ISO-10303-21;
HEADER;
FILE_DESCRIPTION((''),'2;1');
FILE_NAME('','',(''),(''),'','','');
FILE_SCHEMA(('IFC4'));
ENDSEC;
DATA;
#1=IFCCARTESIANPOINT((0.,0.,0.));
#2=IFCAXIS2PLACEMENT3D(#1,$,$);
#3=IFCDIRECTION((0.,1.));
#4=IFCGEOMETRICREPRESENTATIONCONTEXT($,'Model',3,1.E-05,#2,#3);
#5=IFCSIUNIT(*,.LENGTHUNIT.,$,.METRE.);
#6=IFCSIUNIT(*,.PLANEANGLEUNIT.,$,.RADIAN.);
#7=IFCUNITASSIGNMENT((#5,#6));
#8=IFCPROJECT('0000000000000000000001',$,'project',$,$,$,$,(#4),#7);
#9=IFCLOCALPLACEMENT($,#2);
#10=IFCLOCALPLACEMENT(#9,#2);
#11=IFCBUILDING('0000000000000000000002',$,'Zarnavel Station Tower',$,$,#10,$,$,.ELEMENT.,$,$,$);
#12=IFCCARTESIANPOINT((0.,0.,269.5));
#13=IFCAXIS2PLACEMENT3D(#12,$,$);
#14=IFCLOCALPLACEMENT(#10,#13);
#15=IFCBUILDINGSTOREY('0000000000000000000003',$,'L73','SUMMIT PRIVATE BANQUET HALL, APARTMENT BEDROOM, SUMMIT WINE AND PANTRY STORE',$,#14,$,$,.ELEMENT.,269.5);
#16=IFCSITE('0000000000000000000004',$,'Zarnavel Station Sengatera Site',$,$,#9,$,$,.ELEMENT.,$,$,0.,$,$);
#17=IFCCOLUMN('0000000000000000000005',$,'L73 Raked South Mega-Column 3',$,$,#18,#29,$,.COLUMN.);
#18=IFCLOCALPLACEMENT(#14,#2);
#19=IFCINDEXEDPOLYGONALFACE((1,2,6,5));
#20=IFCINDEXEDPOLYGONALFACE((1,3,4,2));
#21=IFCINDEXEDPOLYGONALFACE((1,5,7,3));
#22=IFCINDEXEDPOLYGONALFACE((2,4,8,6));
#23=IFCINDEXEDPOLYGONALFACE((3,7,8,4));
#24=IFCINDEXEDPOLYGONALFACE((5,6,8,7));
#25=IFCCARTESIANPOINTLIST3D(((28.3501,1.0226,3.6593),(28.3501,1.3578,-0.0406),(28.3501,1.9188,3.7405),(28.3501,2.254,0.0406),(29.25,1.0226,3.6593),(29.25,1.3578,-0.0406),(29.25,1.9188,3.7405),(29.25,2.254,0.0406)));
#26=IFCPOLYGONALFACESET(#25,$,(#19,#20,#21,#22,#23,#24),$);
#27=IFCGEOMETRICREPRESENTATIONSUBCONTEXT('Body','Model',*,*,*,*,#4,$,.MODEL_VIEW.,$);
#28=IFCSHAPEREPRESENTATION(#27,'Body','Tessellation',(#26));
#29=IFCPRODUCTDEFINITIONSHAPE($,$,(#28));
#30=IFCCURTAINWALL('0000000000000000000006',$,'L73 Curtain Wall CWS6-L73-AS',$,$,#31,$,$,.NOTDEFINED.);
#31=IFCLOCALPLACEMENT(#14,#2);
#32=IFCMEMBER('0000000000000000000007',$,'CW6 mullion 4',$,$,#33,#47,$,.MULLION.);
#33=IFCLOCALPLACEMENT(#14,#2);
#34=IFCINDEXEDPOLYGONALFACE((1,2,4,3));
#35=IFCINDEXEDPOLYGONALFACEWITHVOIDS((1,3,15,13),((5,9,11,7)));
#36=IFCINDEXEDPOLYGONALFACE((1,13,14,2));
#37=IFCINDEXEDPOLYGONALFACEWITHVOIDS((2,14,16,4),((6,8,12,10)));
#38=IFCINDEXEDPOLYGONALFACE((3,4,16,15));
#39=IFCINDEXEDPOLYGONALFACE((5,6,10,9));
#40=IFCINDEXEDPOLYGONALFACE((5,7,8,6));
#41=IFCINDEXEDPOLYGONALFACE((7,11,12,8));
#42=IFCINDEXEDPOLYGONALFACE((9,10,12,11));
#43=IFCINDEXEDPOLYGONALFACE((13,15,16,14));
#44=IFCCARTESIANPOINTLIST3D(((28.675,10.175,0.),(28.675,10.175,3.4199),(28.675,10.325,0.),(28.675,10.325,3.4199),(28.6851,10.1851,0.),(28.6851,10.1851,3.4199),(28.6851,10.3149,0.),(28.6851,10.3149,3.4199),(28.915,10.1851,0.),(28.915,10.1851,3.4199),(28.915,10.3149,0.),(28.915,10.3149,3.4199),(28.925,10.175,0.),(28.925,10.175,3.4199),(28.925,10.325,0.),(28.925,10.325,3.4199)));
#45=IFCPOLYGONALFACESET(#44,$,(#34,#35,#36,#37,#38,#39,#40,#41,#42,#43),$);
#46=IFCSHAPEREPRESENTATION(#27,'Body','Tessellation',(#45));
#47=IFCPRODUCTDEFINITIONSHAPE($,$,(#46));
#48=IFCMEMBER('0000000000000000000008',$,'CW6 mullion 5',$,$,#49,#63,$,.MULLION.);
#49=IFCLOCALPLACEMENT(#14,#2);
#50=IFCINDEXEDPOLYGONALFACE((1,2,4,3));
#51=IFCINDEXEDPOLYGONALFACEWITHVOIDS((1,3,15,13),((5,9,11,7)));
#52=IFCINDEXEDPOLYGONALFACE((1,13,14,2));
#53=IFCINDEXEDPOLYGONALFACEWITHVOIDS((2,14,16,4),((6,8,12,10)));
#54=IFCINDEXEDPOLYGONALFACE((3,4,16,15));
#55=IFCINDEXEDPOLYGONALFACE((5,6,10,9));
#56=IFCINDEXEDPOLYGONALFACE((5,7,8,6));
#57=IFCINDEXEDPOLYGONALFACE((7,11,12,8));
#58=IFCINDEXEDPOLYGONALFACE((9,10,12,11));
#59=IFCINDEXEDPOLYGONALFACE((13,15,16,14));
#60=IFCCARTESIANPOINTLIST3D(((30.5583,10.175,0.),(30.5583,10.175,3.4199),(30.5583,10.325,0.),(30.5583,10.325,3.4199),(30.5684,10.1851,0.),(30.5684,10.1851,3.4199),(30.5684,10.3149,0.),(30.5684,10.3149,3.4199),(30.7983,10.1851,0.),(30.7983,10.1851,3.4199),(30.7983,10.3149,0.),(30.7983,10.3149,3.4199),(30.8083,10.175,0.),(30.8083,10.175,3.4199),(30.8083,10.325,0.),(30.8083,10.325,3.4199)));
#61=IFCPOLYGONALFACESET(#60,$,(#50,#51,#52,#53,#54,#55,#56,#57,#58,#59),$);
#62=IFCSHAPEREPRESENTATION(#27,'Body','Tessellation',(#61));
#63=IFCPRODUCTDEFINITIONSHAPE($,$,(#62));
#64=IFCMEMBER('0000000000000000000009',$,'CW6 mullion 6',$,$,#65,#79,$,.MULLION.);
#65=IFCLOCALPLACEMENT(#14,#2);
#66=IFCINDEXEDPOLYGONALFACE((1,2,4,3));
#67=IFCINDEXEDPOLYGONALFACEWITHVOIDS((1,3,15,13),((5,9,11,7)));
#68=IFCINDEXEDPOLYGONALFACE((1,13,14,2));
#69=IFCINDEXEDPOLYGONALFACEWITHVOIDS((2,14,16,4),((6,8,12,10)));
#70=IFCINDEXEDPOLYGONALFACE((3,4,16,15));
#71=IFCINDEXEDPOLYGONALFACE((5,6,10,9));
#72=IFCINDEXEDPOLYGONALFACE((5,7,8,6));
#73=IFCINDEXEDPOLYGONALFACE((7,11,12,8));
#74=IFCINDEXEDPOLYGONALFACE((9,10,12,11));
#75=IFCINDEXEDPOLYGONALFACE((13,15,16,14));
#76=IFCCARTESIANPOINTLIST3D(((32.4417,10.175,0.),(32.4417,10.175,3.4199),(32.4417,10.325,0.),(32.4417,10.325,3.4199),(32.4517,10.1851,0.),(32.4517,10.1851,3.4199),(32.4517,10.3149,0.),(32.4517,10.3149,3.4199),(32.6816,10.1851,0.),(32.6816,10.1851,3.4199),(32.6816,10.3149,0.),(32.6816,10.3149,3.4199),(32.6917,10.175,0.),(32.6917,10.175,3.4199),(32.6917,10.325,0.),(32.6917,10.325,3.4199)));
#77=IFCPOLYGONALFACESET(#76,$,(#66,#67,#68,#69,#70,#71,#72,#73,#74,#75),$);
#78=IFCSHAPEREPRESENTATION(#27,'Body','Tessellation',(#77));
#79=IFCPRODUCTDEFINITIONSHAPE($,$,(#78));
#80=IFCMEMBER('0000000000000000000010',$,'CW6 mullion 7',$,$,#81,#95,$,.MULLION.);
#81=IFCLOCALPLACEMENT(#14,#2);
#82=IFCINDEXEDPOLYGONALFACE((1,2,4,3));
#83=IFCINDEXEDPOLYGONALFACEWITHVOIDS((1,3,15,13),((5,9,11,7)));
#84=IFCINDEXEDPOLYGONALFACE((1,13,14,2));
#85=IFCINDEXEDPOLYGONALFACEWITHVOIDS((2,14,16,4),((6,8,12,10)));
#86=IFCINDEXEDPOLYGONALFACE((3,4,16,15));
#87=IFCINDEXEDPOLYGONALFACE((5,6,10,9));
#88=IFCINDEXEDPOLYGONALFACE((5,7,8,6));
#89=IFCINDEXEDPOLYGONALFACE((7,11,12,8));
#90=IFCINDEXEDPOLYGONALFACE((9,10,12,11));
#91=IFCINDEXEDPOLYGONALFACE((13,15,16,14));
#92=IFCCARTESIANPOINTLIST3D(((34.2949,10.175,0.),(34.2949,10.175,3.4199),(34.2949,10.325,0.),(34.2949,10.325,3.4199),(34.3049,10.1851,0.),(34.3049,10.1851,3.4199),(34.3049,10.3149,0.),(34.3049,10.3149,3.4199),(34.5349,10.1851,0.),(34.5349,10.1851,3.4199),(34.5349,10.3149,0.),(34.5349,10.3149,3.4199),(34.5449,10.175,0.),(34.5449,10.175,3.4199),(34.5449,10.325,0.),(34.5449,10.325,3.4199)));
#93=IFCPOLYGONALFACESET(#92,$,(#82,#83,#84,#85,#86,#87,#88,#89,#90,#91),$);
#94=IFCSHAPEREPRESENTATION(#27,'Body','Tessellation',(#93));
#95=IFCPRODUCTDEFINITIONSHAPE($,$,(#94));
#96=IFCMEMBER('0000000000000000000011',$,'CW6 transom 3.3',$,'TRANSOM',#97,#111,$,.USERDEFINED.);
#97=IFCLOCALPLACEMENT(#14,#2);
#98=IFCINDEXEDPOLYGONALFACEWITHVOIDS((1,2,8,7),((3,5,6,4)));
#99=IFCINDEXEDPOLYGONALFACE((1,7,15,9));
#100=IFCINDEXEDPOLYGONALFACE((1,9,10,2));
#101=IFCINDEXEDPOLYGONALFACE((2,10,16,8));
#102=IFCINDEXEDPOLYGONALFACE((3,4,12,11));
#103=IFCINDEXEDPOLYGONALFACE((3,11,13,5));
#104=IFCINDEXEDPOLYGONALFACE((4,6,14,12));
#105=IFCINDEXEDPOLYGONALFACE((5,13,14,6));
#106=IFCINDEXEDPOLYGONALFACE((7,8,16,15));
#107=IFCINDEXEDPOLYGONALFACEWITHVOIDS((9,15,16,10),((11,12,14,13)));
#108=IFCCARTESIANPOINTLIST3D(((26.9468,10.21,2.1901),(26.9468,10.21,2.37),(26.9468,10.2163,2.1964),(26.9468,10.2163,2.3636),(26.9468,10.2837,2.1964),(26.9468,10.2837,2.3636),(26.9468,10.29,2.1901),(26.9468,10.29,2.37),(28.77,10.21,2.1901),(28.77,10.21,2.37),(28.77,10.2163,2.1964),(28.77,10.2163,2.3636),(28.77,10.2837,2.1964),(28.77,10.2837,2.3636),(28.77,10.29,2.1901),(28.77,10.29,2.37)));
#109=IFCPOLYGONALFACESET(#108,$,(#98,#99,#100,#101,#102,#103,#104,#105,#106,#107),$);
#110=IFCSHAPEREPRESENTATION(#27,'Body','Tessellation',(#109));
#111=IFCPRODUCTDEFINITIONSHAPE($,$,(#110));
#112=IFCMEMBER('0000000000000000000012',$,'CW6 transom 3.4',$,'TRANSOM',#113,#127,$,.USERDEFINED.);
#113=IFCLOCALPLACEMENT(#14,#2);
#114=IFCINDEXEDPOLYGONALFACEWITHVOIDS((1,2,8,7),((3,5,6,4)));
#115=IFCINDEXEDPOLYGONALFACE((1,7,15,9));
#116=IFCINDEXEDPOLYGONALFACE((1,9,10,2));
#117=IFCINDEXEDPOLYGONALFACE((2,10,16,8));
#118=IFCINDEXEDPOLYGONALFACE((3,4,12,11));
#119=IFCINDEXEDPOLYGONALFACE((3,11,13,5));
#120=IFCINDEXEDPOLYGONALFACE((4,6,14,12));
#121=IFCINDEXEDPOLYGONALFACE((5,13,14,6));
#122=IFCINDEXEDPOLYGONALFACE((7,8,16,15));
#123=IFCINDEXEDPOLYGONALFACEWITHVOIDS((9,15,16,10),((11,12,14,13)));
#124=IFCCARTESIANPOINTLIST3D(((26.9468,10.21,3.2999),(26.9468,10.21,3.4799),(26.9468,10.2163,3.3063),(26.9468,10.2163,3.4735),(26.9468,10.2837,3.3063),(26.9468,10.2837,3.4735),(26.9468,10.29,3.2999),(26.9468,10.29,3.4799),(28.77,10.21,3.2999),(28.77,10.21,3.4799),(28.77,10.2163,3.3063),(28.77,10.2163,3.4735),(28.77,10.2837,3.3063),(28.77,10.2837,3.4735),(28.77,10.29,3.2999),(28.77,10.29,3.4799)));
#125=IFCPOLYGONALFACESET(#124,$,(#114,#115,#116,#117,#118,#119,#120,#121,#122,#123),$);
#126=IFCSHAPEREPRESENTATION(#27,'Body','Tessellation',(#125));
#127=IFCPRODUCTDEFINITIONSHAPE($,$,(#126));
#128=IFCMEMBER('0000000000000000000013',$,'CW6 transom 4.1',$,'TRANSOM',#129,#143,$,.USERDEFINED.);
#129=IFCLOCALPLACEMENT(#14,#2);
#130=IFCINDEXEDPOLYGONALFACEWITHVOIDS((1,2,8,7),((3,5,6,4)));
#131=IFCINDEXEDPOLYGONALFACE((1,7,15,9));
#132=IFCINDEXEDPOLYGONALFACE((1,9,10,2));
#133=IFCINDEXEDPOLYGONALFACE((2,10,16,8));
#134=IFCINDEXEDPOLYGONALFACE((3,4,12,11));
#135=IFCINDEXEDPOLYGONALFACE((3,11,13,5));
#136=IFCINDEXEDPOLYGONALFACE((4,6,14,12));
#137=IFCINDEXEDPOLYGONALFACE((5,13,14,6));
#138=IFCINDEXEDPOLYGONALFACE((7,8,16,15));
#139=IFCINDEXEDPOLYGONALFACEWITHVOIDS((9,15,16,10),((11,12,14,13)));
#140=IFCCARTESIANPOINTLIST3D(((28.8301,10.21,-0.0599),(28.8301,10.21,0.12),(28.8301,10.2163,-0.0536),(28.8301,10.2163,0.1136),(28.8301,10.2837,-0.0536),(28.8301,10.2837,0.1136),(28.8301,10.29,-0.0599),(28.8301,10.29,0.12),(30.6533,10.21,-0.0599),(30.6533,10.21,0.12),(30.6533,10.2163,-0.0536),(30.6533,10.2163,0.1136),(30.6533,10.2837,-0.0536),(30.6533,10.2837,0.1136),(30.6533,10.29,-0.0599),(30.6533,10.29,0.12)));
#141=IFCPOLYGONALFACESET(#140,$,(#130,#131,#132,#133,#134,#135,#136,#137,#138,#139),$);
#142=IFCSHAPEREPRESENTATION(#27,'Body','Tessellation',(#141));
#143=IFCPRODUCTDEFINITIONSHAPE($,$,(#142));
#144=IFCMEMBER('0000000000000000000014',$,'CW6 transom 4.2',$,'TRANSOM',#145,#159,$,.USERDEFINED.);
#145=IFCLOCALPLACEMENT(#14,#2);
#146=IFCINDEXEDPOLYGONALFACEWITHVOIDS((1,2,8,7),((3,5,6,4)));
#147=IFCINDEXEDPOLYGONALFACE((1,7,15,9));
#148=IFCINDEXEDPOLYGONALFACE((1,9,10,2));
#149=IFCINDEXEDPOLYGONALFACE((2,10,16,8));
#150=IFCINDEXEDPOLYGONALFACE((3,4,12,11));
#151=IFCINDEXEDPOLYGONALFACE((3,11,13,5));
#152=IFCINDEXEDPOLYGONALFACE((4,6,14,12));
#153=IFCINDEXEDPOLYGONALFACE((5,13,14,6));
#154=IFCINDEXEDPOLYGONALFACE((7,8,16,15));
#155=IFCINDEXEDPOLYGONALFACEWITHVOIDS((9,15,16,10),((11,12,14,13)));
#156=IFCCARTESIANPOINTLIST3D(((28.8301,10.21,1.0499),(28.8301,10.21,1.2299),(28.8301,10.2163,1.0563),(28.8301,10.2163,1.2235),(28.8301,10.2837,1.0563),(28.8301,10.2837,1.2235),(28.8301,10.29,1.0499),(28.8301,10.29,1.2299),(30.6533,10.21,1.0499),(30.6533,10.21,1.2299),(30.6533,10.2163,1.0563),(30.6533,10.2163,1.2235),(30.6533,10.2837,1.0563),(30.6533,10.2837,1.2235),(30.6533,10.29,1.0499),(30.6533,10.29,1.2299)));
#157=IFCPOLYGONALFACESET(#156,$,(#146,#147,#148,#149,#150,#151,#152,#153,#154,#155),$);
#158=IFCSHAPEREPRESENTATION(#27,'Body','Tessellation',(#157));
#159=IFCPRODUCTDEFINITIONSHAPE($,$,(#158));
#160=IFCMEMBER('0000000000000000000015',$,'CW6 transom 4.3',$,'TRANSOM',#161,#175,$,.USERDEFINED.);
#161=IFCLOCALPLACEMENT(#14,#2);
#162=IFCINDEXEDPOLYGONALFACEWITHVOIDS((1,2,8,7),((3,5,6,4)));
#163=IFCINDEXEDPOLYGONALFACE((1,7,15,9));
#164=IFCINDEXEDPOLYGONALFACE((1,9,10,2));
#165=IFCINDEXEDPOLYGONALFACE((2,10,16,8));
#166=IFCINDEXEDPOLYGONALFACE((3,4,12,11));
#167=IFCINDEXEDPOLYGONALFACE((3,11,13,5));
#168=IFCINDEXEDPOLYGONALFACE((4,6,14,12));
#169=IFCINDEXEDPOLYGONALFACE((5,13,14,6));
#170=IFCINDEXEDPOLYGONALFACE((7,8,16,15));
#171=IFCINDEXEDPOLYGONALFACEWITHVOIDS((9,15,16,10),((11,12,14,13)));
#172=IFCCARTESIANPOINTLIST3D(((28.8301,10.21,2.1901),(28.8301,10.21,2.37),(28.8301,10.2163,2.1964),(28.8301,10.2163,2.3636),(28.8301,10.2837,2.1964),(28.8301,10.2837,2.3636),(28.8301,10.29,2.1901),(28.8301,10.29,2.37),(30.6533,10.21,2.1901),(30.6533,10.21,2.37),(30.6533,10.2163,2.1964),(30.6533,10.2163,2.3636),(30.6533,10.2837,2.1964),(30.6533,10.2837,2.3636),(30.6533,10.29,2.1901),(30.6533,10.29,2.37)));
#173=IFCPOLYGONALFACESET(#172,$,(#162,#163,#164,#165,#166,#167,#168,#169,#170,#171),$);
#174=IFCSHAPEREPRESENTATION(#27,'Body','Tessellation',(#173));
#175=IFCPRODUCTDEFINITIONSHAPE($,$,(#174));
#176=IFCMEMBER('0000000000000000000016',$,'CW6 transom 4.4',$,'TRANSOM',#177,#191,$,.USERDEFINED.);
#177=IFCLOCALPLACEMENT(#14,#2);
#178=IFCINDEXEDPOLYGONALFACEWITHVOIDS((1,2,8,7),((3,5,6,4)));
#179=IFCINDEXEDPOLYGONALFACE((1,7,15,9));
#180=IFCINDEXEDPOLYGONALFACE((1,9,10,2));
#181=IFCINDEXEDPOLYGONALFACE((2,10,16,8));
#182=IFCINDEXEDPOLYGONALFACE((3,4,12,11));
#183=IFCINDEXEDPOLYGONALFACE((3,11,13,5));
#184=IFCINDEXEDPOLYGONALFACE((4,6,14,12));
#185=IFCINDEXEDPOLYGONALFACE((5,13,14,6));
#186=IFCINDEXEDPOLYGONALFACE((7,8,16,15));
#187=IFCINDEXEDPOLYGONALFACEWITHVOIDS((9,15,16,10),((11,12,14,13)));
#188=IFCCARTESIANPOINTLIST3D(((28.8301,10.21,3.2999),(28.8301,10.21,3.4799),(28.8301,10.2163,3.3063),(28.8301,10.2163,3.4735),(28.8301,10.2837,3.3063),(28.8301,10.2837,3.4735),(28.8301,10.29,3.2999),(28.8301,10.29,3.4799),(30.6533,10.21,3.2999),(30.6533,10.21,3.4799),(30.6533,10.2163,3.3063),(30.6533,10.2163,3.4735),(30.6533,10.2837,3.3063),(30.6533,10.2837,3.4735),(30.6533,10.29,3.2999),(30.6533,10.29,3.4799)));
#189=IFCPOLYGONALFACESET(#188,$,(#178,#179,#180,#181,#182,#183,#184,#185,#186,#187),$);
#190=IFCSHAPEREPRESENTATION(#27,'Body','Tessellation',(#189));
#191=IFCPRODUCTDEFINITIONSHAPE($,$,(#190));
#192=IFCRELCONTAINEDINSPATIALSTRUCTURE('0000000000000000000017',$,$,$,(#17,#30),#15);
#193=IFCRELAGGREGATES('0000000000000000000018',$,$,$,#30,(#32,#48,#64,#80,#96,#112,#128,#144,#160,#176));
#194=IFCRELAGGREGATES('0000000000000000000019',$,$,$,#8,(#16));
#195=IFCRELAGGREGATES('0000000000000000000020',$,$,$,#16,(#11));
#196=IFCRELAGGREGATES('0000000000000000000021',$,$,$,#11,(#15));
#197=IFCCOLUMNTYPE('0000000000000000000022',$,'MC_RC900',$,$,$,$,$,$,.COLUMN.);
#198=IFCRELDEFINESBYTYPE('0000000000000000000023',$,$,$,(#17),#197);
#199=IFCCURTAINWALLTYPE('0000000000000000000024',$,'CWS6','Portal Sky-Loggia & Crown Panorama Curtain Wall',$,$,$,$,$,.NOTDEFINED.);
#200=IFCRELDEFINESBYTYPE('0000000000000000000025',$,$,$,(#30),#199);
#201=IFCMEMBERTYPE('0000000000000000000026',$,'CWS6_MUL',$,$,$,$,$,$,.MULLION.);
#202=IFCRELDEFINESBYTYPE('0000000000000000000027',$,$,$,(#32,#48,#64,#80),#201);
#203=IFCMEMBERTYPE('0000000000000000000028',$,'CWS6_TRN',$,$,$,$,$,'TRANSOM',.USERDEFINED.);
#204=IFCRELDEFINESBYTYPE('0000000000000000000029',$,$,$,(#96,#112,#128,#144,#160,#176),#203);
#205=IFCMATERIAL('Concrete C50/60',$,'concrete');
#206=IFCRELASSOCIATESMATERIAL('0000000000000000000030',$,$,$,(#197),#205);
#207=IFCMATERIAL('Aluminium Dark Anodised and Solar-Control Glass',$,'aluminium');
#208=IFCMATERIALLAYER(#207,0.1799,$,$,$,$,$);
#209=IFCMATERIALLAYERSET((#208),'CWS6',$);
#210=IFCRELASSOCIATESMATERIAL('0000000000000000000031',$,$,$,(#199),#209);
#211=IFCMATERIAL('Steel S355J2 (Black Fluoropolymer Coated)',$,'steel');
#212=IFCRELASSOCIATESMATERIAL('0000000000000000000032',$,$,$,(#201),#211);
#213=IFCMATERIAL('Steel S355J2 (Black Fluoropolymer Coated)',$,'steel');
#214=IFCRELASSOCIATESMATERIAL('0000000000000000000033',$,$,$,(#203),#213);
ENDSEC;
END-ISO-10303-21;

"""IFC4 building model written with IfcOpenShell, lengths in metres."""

from ifc_helpers import new_model, si_unit, direction, frame, origin, origin_2d, place, context, subcontext, project, spatial, rectangle, hollow_rectangle, extrude, material, layer, layer_set, material_profile, profile_set, type_object, element, aggregate, save


model = new_model("IFC4")

# Units and contexts
model_context = context("Model", 3, precision=1e-05, world=origin(), true_north=direction((0.0, 1.0)))
body_context = subcontext(model_context, "Body", "Model", "MODEL_VIEW")
ifc_project = project(units=[si_unit("LENGTHUNIT", "METRE"), si_unit("PLANEANGLEUNIT", "RADIAN")], contexts=[model_context])

# Site, building, storey
site_placement = place(None, origin())
site = spatial("IfcSite", under=ifc_project, at=site_placement, Name="Zarnavel Station Sengatera Site", CompositionType="ELEMENT", RefElevation=0.0)
building_placement = place(site_placement, origin())
building = spatial("IfcBuilding", under=site, at=building_placement, Name="Zarnavel Station Tower", CompositionType="ELEMENT")
storey_placement = place(building_placement, frame((0.0, 0.0, 269.5)))
storey = spatial("IfcBuildingStorey", under=building, at=storey_placement, Name="L73", Description="SUMMIT PRIVATE BANQUET HALL, APARTMENT BEDROOM, SUMMIT WINE AND PANTRY STORE", CompositionType="ELEMENT", Elevation=269.5)

# Column
ifc_material_1 = material(Name="Concrete C50/60", Category="concrete")
ifc_material_profile_1 = material_profile(ifc_material_1, rectangle(XDim=0.8999, YDim=0.8999, at=origin_2d()), Name="RC900x900")
ifc_profile_set_1 = profile_set([ifc_material_profile_1], Name="Concrete C50/60")
column_type = type_object("IfcColumnType", Name="MC_RC900", PredefinedType="COLUMN", material=ifc_profile_set_1)
column_placement = place(storey_placement, frame((28.8, 1.8059, 0.0), z_axis=(0.0, -0.090228, 0.995921), x_axis=(1.0, 0.0, 0.0)))
element("IfcColumn", 1, at=column_placement, inside=storey, type_object=column_type, Name="L73 Raked South Mega-Column 3", PredefinedType="COLUMN", context=body_context, shape_type="SweptSolid", body=[
    extrude(rectangle(XDim=0.8999, YDim=0.8999, at=origin_2d()), origin(), (0.0, 0.0, 1.0), 3.7151),
])

# Curtain wall, members
ifc_material_2 = material(Name="Aluminium Dark Anodised and Solar-Control Glass", Category="aluminium")
ifc_layer_1 = layer(ifc_material_2, 0.1799)
ifc_layer_set_1 = layer_set([ifc_layer_1], Name="CWS6")
curtain_wall_type = type_object("IfcCurtainWallType", Name="CWS6", Description="Portal Sky-Loggia & Crown Panorama Curtain Wall", PredefinedType="NOTDEFINED", material=ifc_layer_set_1)
curtain_wall_placement = place(storey_placement, origin())
curtain_wall = element("IfcCurtainWall", 2, at=curtain_wall_placement, inside=storey, type_object=curtain_wall_type, Name="L73 Curtain Wall CWS6-L73-AS", PredefinedType="NOTDEFINED")
ifc_material_3 = material(Name="Steel S355J2 (Black Fluoropolymer Coated)", Category="steel")
ifc_material_profile_2 = material_profile(ifc_material_3, hollow_rectangle(XDim=0.1499, YDim=0.25, WallThickness=0.01, at=origin_2d()), Name="RHS250x150x10")
ifc_profile_set_2 = profile_set([ifc_material_profile_2], Name="Steel S355J2 (Black Fluoropolymer Coated)")
member_type_1 = type_object("IfcMemberType", Name="CWS6_MUL", PredefinedType="MULLION", material=ifc_profile_set_2)
member_1_placement = place(storey_placement, frame((28.8, 10.25, 0.0), z_axis=(0.0, 0.0, 1.0), x_axis=(0.0, 1.0, 0.0)))
member_1 = element("IfcMember", 3, at=member_1_placement, type_object=member_type_1, Name="CW6 mullion 4", PredefinedType="MULLION", context=body_context, shape_type="SweptSolid", body=[
    extrude(hollow_rectangle(XDim=0.1499, YDim=0.25, WallThickness=0.01, at=origin_2d()), origin(), (0.0, 0.0, 1.0), 3.4199),
])
member_2_placement = place(storey_placement, frame((30.6833, 10.25, 0.0), z_axis=(0.0, 0.0, 1.0), x_axis=(0.0, 1.0, 0.0)))
member_2 = element("IfcMember", 4, at=member_2_placement, type_object=member_type_1, Name="CW6 mullion 5", PredefinedType="MULLION", context=body_context, shape_type="SweptSolid", body=[
    extrude(hollow_rectangle(XDim=0.1499, YDim=0.25, WallThickness=0.01, at=origin_2d()), origin(), (0.0, 0.0, 1.0), 3.4199),
])
member_3_placement = place(storey_placement, frame((32.5667, 10.25, 0.0), z_axis=(0.0, 0.0, 1.0), x_axis=(0.0, 1.0, 0.0)))
member_3 = element("IfcMember", 5, at=member_3_placement, type_object=member_type_1, Name="CW6 mullion 6", PredefinedType="MULLION", context=body_context, shape_type="SweptSolid", body=[
    extrude(hollow_rectangle(XDim=0.1499, YDim=0.25, WallThickness=0.01, at=origin_2d()), origin(), (0.0, 0.0, 1.0), 3.4199),
])
member_4_placement = place(storey_placement, frame((34.4199, 10.25, 0.0), z_axis=(0.0, 0.0, 1.0), x_axis=(0.0, 1.0, 0.0)))
member_4 = element("IfcMember", 6, at=member_4_placement, type_object=member_type_1, Name="CW6 mullion 7", PredefinedType="MULLION", context=body_context, shape_type="SweptSolid", body=[
    extrude(hollow_rectangle(XDim=0.1499, YDim=0.25, WallThickness=0.01, at=origin_2d()), origin(), (0.0, 0.0, 1.0), 3.4199),
])
ifc_material_4 = material(Name="Steel S355J2 (Black Fluoropolymer Coated)", Category="steel")
ifc_material_profile_3 = material_profile(ifc_material_4, hollow_rectangle(XDim=0.0801, YDim=0.1799, WallThickness=0.0063, at=origin_2d()), Name="RHS180x80x6.3")
ifc_profile_set_3 = profile_set([ifc_material_profile_3], Name="Steel S355J2 (Black Fluoropolymer Coated)")
member_type_2 = type_object("IfcMemberType", Name="CWS6_TRN", ElementType="TRANSOM", PredefinedType="USERDEFINED", material=ifc_profile_set_3)
member_5_placement = place(storey_placement, frame((26.9468, 10.25, 2.28), z_axis=(1.0, 0.0, 0.0), x_axis=(0.0, 1.0, 0.0)))
member_5 = element("IfcMember", 7, at=member_5_placement, type_object=member_type_2, Name="CW6 transom 3.3", ObjectType="TRANSOM", PredefinedType="USERDEFINED", context=body_context, shape_type="SweptSolid", body=[
    extrude(hollow_rectangle(XDim=0.0801, YDim=0.1799, WallThickness=0.0063, at=origin_2d()), origin(), (0.0, 0.0, 1.0), 1.8232),
])
member_6_placement = place(storey_placement, frame((26.9468, 10.25, 3.3899), z_axis=(1.0, 0.0, 0.0), x_axis=(0.0, 1.0, 0.0)))
member_6 = element("IfcMember", 8, at=member_6_placement, type_object=member_type_2, Name="CW6 transom 3.4", ObjectType="TRANSOM", PredefinedType="USERDEFINED", context=body_context, shape_type="SweptSolid", body=[
    extrude(hollow_rectangle(XDim=0.0801, YDim=0.1799, WallThickness=0.0063, at=origin_2d()), origin(), (0.0, 0.0, 1.0), 1.8232),
])
member_7_placement = place(storey_placement, frame((28.8301, 10.25, 0.03), z_axis=(1.0, 0.0, 0.0), x_axis=(0.0, 1.0, 0.0)))
member_7 = element("IfcMember", 9, at=member_7_placement, type_object=member_type_2, Name="CW6 transom 4.1", ObjectType="TRANSOM", PredefinedType="USERDEFINED", context=body_context, shape_type="SweptSolid", body=[
    extrude(hollow_rectangle(XDim=0.0801, YDim=0.1799, WallThickness=0.0063, at=origin_2d()), origin(), (0.0, 0.0, 1.0), 1.8232),
])
member_8_placement = place(storey_placement, frame((28.8301, 10.25, 1.1399), z_axis=(1.0, 0.0, 0.0), x_axis=(0.0, 1.0, 0.0)))
member_8 = element("IfcMember", 10, at=member_8_placement, type_object=member_type_2, Name="CW6 transom 4.2", ObjectType="TRANSOM", PredefinedType="USERDEFINED", context=body_context, shape_type="SweptSolid", body=[
    extrude(hollow_rectangle(XDim=0.0801, YDim=0.1799, WallThickness=0.0063, at=origin_2d()), origin(), (0.0, 0.0, 1.0), 1.8232),
])
member_9_placement = place(storey_placement, frame((28.8301, 10.25, 2.28), z_axis=(1.0, 0.0, 0.0), x_axis=(0.0, 1.0, 0.0)))
member_9 = element("IfcMember", 11, at=member_9_placement, type_object=member_type_2, Name="CW6 transom 4.3", ObjectType="TRANSOM", PredefinedType="USERDEFINED", context=body_context, shape_type="SweptSolid", body=[
    extrude(hollow_rectangle(XDim=0.0801, YDim=0.1799, WallThickness=0.0063, at=origin_2d()), origin(), (0.0, 0.0, 1.0), 1.8232),
])
member_10_placement = place(storey_placement, frame((28.8301, 10.25, 3.3899), z_axis=(1.0, 0.0, 0.0), x_axis=(0.0, 1.0, 0.0)))
member_10 = element("IfcMember", 12, at=member_10_placement, type_object=member_type_2, Name="CW6 transom 4.4", ObjectType="TRANSOM", PredefinedType="USERDEFINED", context=body_context, shape_type="SweptSolid", body=[
    extrude(hollow_rectangle(XDim=0.0801, YDim=0.1799, WallThickness=0.0063, at=origin_2d()), origin(), (0.0, 0.0, 1.0), 1.8232),
])

aggregate(curtain_wall, [member_1, member_2, member_3, member_4, member_5, member_6, member_7, member_8, member_9, member_10])

save(model, "model.ifc")
